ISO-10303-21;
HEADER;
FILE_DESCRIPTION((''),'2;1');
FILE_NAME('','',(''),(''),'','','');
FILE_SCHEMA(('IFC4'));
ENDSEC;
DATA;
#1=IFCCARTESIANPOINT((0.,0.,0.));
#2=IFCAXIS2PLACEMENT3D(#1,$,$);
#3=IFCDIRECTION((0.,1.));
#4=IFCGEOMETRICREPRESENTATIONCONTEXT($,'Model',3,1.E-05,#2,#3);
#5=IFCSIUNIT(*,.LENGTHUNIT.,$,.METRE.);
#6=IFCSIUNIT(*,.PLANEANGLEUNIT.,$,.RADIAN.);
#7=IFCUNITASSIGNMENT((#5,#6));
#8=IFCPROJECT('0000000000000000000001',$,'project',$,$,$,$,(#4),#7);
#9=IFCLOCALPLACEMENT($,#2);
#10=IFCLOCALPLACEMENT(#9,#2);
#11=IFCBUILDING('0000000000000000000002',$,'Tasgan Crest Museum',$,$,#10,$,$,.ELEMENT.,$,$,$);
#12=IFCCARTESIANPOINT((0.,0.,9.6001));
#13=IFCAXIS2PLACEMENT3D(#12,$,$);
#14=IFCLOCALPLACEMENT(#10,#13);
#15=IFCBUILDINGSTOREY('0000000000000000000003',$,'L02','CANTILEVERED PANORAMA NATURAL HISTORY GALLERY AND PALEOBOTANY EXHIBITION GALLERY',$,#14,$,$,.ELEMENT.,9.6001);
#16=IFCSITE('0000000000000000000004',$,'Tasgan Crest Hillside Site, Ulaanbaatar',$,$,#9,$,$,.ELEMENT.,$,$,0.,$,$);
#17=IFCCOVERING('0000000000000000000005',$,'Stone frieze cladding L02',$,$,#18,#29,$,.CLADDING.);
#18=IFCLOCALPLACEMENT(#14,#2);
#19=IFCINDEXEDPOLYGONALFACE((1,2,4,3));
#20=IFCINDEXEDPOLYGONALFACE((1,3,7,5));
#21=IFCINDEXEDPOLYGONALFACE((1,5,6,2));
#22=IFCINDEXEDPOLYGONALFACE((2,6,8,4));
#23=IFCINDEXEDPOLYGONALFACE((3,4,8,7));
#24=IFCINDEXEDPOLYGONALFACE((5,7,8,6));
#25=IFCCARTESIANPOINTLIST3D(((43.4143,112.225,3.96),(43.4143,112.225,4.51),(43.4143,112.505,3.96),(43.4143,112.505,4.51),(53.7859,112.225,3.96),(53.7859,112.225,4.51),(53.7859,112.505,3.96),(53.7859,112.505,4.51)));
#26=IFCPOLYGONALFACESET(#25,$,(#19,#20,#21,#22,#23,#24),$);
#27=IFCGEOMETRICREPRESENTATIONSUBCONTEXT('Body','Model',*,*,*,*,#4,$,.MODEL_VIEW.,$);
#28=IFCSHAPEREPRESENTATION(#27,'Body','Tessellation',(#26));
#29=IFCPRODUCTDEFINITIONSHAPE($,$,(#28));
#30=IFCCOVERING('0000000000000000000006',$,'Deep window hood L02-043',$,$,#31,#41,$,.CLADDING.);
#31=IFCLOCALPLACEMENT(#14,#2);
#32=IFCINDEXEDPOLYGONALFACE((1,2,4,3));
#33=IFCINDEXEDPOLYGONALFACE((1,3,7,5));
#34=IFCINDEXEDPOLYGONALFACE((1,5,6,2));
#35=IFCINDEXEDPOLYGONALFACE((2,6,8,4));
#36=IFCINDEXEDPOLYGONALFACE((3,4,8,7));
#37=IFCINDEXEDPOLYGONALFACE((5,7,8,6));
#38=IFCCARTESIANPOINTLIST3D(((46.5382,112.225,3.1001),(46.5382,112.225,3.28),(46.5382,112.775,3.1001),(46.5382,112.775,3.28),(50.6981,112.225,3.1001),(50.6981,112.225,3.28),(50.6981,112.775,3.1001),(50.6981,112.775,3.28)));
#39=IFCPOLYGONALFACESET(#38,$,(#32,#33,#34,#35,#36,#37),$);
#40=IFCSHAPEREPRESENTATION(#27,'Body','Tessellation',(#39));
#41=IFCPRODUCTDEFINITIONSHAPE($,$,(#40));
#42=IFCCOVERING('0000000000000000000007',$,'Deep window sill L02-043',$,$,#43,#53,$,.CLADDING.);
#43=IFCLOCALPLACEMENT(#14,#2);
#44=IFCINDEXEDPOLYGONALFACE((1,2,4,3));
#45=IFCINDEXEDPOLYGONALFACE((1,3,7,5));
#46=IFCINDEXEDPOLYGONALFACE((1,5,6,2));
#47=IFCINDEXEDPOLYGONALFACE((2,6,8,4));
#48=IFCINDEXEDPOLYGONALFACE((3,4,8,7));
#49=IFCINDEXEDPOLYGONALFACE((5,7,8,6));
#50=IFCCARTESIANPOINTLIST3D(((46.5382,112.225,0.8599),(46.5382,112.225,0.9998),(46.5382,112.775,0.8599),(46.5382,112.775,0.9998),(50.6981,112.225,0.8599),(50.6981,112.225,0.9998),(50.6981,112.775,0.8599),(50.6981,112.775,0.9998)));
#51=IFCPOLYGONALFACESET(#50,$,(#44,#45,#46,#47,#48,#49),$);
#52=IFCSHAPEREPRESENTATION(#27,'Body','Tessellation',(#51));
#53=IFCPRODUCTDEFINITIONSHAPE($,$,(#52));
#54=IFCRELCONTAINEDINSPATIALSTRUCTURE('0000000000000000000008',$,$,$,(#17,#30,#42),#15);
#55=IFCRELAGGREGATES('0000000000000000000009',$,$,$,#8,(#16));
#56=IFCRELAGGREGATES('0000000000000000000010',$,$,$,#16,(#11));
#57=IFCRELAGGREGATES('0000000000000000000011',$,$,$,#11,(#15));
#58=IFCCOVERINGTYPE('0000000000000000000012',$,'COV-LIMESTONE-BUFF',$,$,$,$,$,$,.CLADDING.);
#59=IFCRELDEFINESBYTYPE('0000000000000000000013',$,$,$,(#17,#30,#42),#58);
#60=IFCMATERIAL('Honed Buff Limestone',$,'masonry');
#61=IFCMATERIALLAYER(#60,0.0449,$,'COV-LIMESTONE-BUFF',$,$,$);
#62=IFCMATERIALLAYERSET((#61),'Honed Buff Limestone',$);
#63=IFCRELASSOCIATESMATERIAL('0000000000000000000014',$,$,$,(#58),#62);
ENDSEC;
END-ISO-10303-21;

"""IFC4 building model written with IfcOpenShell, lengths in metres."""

from ifc_helpers import new_model, si_unit, direction, frame, origin, origin_2d, place, context, subcontext, project, spatial, rectangle, extrude, material, layer, layer_set, type_object, element, save


model = new_model("IFC4")

# Units and contexts
model_context = context("Model", 3, precision=1e-05, world=origin(), true_north=direction((0.0, 1.0)))
body_context = subcontext(model_context, "Body", "Model", "MODEL_VIEW")
ifc_project = project(units=[si_unit("LENGTHUNIT", "METRE"), si_unit("PLANEANGLEUNIT", "RADIAN")], contexts=[model_context])

# Site, building, storey
site_placement = place(None, origin())
site = spatial("IfcSite", under=ifc_project, at=site_placement, Name="Tasgan Crest Hillside Site, Ulaanbaatar", CompositionType="ELEMENT", RefElevation=0.0)
building_placement = place(site_placement, origin())
building = spatial("IfcBuilding", under=site, at=building_placement, Name="Tasgan Crest Museum", CompositionType="ELEMENT")
storey_placement = place(building_placement, frame((0.0, 0.0, 9.6001)))
storey = spatial("IfcBuildingStorey", under=building, at=storey_placement, Name="L02", Description="CANTILEVERED PANORAMA NATURAL HISTORY GALLERY AND PALEOBOTANY EXHIBITION GALLERY", CompositionType="ELEMENT", Elevation=9.6001)

# Coverings
ifc_material_1 = material(Name="Honed Buff Limestone", Category="masonry")
ifc_layer_1 = layer(ifc_material_1, 0.0449, Name="COV-LIMESTONE-BUFF")
ifc_layer_set_1 = layer_set([ifc_layer_1], Name="Honed Buff Limestone")
covering_type_1 = type_object("IfcCoveringType", Name="COV-LIMESTONE-BUFF", PredefinedType="CLADDING", material=ifc_layer_set_1)
covering_1_placement = place(storey_placement, frame((48.6001, 112.365, 3.96), z_axis=(0.0, 0.0, 1.0), x_axis=(-1.0, 0.0, 0.0)))
element("IfcCovering", 1, at=covering_1_placement, inside=storey, type_object=covering_type_1, Name="Stone frieze cladding L02", PredefinedType="CLADDING", context=body_context, shape_type="SweptSolid", body=[
    extrude(rectangle(XDim=10.3716, YDim=0.28, at=origin_2d()), origin(), (0.0, 0.0, 1.0), 0.55),
])
covering_2_placement = place(storey_placement, frame((48.6182, 112.5, 3.1001), z_axis=(0.0, 0.0, 1.0), x_axis=(-1.0, 0.0, 0.0)))
element("IfcCovering", 2, at=covering_2_placement, inside=storey, type_object=covering_type_1, Name="Deep window hood L02-043", PredefinedType="CLADDING", context=body_context, shape_type="SweptSolid", body=[
    extrude(rectangle(XDim=4.1599, YDim=0.55, at=origin_2d()), origin(), (0.0, 0.0, 1.0), 0.1799),
])
covering_3_placement = place(storey_placement, frame((48.6182, 112.5, 0.8599), z_axis=(0.0, 0.0, 1.0), x_axis=(-1.0, 0.0, 0.0)))
element("IfcCovering", 3, at=covering_3_placement, inside=storey, type_object=covering_type_1, Name="Deep window sill L02-043", PredefinedType="CLADDING", context=body_context, shape_type="SweptSolid", body=[
    extrude(rectangle(XDim=4.1599, YDim=0.55, at=origin_2d()), origin(), (0.0, 0.0, 1.0), 0.1399),
])

save(model, "model.ifc")
